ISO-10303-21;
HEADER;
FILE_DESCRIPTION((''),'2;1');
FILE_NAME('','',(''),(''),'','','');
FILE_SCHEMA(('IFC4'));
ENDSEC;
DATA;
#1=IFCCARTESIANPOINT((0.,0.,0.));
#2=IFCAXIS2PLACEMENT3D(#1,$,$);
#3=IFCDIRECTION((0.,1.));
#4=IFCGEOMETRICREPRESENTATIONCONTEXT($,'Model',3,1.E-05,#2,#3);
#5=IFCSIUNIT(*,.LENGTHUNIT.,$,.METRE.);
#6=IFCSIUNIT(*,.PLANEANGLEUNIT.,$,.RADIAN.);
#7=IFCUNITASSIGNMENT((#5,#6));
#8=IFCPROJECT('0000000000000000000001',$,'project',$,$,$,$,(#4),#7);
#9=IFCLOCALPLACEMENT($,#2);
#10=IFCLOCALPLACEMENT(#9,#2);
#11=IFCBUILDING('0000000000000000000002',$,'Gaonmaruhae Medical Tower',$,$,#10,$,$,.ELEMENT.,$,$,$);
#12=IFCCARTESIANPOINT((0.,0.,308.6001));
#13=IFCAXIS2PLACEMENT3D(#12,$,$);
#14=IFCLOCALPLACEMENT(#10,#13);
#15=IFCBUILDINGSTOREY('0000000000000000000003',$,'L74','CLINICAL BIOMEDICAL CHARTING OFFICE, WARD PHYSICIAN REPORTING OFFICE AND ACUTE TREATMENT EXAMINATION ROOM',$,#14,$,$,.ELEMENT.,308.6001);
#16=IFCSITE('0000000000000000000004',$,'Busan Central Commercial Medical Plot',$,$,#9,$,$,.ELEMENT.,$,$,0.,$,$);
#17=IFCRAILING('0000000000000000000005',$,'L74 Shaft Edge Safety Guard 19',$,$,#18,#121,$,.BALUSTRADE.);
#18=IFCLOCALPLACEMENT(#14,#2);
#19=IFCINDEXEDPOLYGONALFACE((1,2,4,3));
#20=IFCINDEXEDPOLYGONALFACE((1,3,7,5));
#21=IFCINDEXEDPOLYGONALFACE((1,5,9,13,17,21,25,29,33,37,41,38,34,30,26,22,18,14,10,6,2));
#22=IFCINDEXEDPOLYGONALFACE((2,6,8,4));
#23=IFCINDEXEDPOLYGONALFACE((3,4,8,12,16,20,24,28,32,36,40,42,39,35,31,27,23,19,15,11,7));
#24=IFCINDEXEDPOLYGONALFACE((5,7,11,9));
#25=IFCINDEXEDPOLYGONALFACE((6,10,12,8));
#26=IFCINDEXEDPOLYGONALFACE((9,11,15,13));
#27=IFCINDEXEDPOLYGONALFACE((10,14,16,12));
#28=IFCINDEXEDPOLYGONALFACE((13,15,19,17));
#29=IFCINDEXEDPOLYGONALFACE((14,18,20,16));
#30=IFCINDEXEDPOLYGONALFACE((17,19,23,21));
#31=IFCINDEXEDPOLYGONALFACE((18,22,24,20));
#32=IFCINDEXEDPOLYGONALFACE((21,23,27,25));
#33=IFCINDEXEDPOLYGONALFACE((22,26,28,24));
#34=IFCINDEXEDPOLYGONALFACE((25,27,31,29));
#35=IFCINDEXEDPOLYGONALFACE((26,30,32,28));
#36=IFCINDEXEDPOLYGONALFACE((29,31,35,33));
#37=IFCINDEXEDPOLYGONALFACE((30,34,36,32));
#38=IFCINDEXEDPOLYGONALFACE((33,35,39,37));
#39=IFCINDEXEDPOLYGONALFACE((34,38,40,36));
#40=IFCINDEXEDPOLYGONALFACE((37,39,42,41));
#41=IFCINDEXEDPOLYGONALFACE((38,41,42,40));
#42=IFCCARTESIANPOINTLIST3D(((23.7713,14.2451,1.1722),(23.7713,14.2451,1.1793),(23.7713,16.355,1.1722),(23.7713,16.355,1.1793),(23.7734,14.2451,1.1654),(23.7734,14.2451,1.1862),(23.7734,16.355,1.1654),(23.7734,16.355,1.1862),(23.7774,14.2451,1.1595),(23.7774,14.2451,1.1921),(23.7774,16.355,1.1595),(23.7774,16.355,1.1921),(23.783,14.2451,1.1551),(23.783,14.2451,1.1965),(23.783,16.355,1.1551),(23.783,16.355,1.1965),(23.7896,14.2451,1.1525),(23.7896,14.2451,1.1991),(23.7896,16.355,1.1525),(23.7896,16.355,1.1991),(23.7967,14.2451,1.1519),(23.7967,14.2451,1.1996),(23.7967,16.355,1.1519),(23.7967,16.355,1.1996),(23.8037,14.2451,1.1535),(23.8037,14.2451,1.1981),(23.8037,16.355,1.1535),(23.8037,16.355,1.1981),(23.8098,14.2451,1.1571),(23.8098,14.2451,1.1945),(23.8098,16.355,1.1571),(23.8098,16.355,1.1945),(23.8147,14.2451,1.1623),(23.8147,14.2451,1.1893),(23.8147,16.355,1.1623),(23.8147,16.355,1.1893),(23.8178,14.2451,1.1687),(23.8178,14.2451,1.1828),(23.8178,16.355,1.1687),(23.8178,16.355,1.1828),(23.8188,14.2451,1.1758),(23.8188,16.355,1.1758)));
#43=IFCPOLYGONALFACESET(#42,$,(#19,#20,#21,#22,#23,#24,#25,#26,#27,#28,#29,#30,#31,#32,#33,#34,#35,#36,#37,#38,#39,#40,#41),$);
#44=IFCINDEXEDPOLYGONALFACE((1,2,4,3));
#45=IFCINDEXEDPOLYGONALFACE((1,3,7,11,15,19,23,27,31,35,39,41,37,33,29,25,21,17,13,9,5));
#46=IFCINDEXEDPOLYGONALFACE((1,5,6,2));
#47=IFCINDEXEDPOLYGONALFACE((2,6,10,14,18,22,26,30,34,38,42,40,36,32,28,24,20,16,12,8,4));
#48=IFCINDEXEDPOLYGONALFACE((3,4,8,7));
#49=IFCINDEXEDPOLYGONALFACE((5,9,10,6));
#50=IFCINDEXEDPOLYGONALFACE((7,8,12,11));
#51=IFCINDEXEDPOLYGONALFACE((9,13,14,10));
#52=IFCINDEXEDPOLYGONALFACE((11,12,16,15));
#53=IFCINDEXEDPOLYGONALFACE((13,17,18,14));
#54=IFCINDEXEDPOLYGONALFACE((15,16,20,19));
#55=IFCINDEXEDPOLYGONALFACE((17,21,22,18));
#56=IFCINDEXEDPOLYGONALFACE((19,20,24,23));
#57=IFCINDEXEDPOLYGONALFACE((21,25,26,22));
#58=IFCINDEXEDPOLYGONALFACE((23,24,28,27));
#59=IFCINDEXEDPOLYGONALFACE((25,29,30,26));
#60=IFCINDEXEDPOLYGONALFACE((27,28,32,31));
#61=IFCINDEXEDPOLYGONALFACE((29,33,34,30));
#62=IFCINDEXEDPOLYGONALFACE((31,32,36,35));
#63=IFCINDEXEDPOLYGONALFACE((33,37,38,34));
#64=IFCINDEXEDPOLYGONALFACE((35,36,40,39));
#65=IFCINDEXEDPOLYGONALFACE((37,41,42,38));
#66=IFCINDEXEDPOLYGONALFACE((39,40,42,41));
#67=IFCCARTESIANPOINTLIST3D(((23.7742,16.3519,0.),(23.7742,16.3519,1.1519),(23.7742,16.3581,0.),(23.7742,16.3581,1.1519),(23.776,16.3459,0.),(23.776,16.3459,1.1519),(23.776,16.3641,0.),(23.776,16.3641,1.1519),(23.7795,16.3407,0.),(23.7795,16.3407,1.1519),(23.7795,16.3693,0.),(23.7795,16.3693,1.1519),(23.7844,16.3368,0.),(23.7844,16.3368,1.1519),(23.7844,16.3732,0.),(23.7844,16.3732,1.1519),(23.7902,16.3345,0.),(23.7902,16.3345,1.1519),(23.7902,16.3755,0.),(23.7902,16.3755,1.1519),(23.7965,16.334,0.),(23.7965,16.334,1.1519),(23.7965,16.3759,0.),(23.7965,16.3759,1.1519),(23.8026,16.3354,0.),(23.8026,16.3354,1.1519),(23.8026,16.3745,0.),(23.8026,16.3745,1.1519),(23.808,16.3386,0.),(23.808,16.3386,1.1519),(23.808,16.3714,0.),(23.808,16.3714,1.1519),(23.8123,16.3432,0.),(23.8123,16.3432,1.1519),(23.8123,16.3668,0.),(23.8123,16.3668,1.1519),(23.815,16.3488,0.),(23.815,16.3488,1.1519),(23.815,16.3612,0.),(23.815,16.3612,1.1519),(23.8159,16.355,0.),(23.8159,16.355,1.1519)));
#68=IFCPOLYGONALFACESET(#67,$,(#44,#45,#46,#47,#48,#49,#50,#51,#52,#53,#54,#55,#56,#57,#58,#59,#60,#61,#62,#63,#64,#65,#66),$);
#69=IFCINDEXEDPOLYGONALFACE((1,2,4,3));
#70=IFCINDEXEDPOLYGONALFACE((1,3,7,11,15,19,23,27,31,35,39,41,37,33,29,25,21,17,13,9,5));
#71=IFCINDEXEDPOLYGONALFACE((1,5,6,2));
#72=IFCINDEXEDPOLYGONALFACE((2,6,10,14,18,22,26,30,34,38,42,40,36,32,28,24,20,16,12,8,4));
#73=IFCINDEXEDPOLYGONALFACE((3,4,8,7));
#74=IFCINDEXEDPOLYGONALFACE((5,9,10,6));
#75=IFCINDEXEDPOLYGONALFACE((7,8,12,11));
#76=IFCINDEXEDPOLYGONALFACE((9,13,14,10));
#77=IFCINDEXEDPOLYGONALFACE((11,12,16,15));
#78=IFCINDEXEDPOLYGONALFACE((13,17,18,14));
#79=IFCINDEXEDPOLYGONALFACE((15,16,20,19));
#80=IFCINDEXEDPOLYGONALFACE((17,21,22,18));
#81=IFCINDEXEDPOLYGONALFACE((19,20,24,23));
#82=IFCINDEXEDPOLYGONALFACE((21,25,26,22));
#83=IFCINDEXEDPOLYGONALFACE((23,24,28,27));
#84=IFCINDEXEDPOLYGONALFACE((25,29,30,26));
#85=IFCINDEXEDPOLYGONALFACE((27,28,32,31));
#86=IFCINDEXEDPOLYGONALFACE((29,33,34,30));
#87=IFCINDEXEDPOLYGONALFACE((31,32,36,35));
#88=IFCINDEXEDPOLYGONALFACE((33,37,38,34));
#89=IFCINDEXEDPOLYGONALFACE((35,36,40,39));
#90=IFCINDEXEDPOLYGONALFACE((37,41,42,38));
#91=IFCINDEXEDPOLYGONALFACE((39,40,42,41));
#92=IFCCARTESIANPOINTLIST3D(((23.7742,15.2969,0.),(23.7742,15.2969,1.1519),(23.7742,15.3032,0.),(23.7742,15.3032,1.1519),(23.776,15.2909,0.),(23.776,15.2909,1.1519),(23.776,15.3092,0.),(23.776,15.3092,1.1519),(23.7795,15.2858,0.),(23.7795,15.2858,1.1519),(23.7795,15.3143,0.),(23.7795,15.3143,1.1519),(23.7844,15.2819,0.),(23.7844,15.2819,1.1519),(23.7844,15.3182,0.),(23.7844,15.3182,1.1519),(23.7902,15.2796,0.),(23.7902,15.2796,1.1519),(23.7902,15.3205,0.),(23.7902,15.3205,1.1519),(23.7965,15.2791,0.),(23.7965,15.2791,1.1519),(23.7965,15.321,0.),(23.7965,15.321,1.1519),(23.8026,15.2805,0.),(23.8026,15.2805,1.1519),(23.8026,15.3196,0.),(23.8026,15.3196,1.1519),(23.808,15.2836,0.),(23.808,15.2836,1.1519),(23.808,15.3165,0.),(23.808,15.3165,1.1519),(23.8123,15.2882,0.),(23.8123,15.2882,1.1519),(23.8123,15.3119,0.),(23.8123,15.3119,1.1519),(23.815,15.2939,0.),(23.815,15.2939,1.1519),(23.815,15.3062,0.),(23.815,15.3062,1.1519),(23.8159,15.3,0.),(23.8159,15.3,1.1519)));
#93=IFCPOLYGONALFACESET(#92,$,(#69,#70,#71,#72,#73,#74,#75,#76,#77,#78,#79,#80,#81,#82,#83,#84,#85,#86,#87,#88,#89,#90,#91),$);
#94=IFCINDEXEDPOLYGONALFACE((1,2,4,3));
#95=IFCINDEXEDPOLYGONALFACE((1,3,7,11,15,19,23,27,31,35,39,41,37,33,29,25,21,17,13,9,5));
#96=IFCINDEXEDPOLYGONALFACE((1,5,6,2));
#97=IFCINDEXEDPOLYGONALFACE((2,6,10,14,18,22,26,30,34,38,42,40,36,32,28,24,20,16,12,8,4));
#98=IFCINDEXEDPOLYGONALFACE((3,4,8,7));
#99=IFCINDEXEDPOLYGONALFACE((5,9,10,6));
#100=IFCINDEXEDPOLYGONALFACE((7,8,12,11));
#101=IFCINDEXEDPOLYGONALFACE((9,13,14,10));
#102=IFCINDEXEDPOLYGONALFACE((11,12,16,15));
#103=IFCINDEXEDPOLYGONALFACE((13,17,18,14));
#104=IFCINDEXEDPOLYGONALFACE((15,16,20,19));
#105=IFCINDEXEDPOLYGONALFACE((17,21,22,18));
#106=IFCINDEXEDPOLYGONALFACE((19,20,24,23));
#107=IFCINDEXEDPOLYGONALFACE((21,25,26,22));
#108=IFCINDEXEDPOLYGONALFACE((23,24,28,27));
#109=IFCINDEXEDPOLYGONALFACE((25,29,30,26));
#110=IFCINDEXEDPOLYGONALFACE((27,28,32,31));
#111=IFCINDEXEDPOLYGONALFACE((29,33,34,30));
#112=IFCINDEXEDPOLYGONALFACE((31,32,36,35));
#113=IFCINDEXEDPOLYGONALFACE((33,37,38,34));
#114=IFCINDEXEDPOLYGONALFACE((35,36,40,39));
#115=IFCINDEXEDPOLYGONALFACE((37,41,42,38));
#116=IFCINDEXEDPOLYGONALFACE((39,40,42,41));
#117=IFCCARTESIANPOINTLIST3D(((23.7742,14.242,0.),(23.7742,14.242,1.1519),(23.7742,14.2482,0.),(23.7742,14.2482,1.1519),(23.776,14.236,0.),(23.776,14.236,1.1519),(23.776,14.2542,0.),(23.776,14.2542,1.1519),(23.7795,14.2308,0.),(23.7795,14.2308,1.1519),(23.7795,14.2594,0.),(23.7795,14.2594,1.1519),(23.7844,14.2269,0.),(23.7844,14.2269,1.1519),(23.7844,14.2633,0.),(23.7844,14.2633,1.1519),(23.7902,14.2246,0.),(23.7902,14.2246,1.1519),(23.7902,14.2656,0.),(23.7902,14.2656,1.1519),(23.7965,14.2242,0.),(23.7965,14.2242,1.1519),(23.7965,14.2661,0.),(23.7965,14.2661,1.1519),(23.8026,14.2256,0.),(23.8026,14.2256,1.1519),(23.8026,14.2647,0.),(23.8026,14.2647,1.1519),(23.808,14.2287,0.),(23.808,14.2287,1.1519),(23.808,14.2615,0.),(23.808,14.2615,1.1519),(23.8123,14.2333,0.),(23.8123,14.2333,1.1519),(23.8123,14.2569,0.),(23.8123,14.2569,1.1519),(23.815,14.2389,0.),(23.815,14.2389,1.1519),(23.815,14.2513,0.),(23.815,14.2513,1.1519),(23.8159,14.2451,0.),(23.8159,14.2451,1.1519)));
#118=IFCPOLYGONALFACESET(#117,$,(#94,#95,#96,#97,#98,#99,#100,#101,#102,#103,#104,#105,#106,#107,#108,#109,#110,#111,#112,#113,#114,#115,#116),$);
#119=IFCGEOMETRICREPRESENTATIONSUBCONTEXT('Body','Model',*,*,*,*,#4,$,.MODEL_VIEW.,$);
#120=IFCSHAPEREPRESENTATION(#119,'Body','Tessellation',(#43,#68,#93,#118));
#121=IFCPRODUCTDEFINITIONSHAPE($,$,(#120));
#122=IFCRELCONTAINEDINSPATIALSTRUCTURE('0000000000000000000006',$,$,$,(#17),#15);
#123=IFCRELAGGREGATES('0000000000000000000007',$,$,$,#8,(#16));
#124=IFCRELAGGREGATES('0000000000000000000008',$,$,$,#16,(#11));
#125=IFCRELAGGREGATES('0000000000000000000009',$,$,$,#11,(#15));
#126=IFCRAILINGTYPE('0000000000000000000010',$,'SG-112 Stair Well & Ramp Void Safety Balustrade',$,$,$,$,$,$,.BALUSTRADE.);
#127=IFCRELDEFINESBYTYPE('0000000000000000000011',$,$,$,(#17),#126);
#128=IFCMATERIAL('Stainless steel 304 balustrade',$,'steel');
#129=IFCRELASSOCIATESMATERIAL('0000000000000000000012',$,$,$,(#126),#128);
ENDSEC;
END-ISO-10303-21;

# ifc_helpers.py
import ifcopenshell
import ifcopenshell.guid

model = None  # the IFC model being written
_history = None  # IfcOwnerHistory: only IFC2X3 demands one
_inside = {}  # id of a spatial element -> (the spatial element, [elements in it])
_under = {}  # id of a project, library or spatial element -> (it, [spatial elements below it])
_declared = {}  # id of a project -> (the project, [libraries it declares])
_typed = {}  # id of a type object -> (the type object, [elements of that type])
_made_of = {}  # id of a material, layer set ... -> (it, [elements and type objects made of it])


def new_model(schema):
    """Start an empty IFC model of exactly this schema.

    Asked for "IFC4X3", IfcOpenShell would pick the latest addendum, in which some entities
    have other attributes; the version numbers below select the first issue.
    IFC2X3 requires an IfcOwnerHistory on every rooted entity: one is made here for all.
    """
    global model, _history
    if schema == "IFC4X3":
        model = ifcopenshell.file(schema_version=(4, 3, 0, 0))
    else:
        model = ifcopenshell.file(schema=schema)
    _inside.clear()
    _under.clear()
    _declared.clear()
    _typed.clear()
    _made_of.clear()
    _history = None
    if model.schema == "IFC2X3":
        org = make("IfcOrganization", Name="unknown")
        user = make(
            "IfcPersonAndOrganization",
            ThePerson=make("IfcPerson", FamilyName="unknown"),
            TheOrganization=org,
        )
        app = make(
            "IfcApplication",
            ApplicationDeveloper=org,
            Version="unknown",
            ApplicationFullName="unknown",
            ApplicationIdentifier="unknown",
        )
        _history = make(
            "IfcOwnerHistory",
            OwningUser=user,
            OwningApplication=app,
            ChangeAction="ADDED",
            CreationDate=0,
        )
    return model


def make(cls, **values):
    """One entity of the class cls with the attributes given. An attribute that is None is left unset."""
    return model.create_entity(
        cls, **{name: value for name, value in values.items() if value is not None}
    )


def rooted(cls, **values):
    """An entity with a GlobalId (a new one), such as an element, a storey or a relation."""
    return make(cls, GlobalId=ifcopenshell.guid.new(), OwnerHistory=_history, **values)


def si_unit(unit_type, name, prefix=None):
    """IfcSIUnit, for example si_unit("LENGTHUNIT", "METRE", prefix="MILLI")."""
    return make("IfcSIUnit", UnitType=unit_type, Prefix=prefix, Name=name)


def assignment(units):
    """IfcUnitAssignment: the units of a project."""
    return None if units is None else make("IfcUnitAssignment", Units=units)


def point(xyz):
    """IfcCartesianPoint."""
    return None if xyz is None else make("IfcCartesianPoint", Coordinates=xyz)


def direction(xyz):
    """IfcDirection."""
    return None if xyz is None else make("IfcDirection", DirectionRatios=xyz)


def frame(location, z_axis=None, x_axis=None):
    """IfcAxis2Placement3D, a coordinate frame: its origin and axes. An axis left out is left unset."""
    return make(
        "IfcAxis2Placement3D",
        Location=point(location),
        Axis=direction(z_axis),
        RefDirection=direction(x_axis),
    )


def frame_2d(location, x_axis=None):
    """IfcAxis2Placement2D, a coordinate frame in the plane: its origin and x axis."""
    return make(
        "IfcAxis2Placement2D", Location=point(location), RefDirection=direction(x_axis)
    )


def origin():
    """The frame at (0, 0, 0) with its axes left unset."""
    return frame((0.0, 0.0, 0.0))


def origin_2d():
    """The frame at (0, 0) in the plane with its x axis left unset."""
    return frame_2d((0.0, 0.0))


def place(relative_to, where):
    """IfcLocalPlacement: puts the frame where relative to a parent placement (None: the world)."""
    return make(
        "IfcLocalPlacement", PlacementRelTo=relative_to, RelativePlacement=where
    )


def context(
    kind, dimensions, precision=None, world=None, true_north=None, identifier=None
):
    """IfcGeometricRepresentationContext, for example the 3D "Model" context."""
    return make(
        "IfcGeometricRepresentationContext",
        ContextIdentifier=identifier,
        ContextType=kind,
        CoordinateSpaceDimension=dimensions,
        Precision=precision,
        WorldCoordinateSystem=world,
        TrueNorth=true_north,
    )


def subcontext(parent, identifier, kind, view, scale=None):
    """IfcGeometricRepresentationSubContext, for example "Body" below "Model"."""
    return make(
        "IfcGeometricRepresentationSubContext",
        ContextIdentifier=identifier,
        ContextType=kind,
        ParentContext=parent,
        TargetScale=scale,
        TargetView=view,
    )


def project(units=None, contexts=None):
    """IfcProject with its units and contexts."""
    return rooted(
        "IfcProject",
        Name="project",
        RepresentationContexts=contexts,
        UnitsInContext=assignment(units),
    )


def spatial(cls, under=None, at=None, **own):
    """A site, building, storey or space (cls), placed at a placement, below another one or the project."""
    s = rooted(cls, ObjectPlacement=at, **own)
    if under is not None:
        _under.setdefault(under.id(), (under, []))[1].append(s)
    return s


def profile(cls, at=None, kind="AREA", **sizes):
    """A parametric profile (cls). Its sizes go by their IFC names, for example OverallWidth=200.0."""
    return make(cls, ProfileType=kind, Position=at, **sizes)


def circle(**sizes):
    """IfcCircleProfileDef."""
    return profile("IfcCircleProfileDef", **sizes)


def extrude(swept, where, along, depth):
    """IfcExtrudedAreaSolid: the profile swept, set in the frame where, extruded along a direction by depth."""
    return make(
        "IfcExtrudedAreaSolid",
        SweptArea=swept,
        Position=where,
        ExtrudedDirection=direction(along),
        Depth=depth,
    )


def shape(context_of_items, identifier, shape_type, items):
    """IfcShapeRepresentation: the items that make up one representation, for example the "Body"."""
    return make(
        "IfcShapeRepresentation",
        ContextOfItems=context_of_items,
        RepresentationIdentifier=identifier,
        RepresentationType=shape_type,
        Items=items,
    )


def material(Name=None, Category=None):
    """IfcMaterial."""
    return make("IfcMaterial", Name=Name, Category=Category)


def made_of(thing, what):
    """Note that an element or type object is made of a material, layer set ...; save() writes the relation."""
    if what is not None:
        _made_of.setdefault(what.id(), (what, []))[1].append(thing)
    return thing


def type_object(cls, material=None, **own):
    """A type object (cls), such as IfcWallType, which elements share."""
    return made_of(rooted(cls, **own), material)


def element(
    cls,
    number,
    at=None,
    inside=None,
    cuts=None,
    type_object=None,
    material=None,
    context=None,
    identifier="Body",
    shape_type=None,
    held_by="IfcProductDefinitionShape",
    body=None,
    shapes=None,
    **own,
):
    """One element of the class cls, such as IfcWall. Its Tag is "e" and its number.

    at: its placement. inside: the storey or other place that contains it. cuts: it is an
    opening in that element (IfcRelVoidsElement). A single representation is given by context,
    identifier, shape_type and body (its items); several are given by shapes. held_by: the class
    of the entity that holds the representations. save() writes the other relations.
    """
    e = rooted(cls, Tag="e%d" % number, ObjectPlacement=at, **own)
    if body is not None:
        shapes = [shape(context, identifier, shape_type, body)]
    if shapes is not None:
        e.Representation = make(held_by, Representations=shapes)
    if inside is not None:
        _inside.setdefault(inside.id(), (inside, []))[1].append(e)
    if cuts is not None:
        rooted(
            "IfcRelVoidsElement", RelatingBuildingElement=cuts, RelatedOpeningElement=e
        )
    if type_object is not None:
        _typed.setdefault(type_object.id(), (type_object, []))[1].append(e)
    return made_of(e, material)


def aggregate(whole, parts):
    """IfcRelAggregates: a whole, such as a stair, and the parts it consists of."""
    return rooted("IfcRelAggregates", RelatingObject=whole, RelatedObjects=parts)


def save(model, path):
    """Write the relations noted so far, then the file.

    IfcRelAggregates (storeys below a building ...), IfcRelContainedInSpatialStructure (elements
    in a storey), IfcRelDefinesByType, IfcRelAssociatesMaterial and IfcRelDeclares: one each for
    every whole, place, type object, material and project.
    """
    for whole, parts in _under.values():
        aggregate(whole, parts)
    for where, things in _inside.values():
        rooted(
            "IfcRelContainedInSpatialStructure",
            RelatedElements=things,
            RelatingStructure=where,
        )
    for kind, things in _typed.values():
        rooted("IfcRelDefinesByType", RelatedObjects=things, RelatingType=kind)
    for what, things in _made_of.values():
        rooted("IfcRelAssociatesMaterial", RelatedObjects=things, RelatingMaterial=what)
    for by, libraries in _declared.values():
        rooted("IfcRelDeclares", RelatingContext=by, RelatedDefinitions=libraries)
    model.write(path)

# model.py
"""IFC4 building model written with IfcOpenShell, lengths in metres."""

from ifc_helpers import new_model, si_unit, direction, frame, origin, origin_2d, place, context, subcontext, project, spatial, circle, extrude, material, type_object, element, save


model = new_model("IFC4")

# Units and contexts
model_context = context("Model", 3, precision=1e-05, world=origin(), true_north=direction((0.0, 1.0)))
body_context = subcontext(model_context, "Body", "Model", "MODEL_VIEW")
ifc_project = project(units=[si_unit("LENGTHUNIT", "METRE"), si_unit("PLANEANGLEUNIT", "RADIAN")], contexts=[model_context])

# Site, building, storey
site_placement = place(None, origin())
site = spatial("IfcSite", under=ifc_project, at=site_placement, Name="Busan Central Commercial Medical Plot", CompositionType="ELEMENT", RefElevation=0.0)
building_placement = place(site_placement, origin())
building = spatial("IfcBuilding", under=site, at=building_placement, Name="Gaonmaruhae Medical Tower", CompositionType="ELEMENT")
storey_placement = place(building_placement, frame((0.0, 0.0, 308.6001)))
storey = spatial("IfcBuildingStorey", under=building, at=storey_placement, Name="L74", Description="CLINICAL BIOMEDICAL CHARTING OFFICE, WARD PHYSICIAN REPORTING OFFICE AND ACUTE TREATMENT EXAMINATION ROOM", CompositionType="ELEMENT", Elevation=308.6001)

# Railing
ifc_material_1 = material(Name="Stainless steel 304 balustrade", Category="steel")
railing_type_1 = type_object("IfcRailingType", Name="SG-112 Stair Well & Ramp Void Safety Balustrade", PredefinedType="BALUSTRADE", material=ifc_material_1)
railing_1_placement = place(storey_placement, frame((23.7949, 16.355, 0.0)))
element("IfcRailing", 1, at=railing_1_placement, inside=storey, type_object=railing_type_1, Name="L74 Shaft Edge Safety Guard 19", PredefinedType="BALUSTRADE", context=body_context, shape_type="SweptSolid", body=[
    extrude(circle(Radius=0.0239, at=origin_2d()), frame((0.0, 0.0, 1.1758), z_axis=(0.0, -1.0, 0.0), x_axis=(1.0, 0.0, 0.0)), (0.0, 0.0, 1.0), 2.1099),
    extrude(circle(Radius=0.021, at=origin_2d()), origin(), (0.0, 0.0, 1.0), 1.1519),
    extrude(circle(Radius=0.021, at=origin_2d()), frame((0.0, -1.0549, 0.0)), (0.0, 0.0, 1.0), 1.1519),
    extrude(circle(Radius=0.021, at=origin_2d()), frame((0.0, -2.1099, 0.0)), (0.0, 0.0, 1.0), 1.1519),
])

save(model, "model.ifc")
